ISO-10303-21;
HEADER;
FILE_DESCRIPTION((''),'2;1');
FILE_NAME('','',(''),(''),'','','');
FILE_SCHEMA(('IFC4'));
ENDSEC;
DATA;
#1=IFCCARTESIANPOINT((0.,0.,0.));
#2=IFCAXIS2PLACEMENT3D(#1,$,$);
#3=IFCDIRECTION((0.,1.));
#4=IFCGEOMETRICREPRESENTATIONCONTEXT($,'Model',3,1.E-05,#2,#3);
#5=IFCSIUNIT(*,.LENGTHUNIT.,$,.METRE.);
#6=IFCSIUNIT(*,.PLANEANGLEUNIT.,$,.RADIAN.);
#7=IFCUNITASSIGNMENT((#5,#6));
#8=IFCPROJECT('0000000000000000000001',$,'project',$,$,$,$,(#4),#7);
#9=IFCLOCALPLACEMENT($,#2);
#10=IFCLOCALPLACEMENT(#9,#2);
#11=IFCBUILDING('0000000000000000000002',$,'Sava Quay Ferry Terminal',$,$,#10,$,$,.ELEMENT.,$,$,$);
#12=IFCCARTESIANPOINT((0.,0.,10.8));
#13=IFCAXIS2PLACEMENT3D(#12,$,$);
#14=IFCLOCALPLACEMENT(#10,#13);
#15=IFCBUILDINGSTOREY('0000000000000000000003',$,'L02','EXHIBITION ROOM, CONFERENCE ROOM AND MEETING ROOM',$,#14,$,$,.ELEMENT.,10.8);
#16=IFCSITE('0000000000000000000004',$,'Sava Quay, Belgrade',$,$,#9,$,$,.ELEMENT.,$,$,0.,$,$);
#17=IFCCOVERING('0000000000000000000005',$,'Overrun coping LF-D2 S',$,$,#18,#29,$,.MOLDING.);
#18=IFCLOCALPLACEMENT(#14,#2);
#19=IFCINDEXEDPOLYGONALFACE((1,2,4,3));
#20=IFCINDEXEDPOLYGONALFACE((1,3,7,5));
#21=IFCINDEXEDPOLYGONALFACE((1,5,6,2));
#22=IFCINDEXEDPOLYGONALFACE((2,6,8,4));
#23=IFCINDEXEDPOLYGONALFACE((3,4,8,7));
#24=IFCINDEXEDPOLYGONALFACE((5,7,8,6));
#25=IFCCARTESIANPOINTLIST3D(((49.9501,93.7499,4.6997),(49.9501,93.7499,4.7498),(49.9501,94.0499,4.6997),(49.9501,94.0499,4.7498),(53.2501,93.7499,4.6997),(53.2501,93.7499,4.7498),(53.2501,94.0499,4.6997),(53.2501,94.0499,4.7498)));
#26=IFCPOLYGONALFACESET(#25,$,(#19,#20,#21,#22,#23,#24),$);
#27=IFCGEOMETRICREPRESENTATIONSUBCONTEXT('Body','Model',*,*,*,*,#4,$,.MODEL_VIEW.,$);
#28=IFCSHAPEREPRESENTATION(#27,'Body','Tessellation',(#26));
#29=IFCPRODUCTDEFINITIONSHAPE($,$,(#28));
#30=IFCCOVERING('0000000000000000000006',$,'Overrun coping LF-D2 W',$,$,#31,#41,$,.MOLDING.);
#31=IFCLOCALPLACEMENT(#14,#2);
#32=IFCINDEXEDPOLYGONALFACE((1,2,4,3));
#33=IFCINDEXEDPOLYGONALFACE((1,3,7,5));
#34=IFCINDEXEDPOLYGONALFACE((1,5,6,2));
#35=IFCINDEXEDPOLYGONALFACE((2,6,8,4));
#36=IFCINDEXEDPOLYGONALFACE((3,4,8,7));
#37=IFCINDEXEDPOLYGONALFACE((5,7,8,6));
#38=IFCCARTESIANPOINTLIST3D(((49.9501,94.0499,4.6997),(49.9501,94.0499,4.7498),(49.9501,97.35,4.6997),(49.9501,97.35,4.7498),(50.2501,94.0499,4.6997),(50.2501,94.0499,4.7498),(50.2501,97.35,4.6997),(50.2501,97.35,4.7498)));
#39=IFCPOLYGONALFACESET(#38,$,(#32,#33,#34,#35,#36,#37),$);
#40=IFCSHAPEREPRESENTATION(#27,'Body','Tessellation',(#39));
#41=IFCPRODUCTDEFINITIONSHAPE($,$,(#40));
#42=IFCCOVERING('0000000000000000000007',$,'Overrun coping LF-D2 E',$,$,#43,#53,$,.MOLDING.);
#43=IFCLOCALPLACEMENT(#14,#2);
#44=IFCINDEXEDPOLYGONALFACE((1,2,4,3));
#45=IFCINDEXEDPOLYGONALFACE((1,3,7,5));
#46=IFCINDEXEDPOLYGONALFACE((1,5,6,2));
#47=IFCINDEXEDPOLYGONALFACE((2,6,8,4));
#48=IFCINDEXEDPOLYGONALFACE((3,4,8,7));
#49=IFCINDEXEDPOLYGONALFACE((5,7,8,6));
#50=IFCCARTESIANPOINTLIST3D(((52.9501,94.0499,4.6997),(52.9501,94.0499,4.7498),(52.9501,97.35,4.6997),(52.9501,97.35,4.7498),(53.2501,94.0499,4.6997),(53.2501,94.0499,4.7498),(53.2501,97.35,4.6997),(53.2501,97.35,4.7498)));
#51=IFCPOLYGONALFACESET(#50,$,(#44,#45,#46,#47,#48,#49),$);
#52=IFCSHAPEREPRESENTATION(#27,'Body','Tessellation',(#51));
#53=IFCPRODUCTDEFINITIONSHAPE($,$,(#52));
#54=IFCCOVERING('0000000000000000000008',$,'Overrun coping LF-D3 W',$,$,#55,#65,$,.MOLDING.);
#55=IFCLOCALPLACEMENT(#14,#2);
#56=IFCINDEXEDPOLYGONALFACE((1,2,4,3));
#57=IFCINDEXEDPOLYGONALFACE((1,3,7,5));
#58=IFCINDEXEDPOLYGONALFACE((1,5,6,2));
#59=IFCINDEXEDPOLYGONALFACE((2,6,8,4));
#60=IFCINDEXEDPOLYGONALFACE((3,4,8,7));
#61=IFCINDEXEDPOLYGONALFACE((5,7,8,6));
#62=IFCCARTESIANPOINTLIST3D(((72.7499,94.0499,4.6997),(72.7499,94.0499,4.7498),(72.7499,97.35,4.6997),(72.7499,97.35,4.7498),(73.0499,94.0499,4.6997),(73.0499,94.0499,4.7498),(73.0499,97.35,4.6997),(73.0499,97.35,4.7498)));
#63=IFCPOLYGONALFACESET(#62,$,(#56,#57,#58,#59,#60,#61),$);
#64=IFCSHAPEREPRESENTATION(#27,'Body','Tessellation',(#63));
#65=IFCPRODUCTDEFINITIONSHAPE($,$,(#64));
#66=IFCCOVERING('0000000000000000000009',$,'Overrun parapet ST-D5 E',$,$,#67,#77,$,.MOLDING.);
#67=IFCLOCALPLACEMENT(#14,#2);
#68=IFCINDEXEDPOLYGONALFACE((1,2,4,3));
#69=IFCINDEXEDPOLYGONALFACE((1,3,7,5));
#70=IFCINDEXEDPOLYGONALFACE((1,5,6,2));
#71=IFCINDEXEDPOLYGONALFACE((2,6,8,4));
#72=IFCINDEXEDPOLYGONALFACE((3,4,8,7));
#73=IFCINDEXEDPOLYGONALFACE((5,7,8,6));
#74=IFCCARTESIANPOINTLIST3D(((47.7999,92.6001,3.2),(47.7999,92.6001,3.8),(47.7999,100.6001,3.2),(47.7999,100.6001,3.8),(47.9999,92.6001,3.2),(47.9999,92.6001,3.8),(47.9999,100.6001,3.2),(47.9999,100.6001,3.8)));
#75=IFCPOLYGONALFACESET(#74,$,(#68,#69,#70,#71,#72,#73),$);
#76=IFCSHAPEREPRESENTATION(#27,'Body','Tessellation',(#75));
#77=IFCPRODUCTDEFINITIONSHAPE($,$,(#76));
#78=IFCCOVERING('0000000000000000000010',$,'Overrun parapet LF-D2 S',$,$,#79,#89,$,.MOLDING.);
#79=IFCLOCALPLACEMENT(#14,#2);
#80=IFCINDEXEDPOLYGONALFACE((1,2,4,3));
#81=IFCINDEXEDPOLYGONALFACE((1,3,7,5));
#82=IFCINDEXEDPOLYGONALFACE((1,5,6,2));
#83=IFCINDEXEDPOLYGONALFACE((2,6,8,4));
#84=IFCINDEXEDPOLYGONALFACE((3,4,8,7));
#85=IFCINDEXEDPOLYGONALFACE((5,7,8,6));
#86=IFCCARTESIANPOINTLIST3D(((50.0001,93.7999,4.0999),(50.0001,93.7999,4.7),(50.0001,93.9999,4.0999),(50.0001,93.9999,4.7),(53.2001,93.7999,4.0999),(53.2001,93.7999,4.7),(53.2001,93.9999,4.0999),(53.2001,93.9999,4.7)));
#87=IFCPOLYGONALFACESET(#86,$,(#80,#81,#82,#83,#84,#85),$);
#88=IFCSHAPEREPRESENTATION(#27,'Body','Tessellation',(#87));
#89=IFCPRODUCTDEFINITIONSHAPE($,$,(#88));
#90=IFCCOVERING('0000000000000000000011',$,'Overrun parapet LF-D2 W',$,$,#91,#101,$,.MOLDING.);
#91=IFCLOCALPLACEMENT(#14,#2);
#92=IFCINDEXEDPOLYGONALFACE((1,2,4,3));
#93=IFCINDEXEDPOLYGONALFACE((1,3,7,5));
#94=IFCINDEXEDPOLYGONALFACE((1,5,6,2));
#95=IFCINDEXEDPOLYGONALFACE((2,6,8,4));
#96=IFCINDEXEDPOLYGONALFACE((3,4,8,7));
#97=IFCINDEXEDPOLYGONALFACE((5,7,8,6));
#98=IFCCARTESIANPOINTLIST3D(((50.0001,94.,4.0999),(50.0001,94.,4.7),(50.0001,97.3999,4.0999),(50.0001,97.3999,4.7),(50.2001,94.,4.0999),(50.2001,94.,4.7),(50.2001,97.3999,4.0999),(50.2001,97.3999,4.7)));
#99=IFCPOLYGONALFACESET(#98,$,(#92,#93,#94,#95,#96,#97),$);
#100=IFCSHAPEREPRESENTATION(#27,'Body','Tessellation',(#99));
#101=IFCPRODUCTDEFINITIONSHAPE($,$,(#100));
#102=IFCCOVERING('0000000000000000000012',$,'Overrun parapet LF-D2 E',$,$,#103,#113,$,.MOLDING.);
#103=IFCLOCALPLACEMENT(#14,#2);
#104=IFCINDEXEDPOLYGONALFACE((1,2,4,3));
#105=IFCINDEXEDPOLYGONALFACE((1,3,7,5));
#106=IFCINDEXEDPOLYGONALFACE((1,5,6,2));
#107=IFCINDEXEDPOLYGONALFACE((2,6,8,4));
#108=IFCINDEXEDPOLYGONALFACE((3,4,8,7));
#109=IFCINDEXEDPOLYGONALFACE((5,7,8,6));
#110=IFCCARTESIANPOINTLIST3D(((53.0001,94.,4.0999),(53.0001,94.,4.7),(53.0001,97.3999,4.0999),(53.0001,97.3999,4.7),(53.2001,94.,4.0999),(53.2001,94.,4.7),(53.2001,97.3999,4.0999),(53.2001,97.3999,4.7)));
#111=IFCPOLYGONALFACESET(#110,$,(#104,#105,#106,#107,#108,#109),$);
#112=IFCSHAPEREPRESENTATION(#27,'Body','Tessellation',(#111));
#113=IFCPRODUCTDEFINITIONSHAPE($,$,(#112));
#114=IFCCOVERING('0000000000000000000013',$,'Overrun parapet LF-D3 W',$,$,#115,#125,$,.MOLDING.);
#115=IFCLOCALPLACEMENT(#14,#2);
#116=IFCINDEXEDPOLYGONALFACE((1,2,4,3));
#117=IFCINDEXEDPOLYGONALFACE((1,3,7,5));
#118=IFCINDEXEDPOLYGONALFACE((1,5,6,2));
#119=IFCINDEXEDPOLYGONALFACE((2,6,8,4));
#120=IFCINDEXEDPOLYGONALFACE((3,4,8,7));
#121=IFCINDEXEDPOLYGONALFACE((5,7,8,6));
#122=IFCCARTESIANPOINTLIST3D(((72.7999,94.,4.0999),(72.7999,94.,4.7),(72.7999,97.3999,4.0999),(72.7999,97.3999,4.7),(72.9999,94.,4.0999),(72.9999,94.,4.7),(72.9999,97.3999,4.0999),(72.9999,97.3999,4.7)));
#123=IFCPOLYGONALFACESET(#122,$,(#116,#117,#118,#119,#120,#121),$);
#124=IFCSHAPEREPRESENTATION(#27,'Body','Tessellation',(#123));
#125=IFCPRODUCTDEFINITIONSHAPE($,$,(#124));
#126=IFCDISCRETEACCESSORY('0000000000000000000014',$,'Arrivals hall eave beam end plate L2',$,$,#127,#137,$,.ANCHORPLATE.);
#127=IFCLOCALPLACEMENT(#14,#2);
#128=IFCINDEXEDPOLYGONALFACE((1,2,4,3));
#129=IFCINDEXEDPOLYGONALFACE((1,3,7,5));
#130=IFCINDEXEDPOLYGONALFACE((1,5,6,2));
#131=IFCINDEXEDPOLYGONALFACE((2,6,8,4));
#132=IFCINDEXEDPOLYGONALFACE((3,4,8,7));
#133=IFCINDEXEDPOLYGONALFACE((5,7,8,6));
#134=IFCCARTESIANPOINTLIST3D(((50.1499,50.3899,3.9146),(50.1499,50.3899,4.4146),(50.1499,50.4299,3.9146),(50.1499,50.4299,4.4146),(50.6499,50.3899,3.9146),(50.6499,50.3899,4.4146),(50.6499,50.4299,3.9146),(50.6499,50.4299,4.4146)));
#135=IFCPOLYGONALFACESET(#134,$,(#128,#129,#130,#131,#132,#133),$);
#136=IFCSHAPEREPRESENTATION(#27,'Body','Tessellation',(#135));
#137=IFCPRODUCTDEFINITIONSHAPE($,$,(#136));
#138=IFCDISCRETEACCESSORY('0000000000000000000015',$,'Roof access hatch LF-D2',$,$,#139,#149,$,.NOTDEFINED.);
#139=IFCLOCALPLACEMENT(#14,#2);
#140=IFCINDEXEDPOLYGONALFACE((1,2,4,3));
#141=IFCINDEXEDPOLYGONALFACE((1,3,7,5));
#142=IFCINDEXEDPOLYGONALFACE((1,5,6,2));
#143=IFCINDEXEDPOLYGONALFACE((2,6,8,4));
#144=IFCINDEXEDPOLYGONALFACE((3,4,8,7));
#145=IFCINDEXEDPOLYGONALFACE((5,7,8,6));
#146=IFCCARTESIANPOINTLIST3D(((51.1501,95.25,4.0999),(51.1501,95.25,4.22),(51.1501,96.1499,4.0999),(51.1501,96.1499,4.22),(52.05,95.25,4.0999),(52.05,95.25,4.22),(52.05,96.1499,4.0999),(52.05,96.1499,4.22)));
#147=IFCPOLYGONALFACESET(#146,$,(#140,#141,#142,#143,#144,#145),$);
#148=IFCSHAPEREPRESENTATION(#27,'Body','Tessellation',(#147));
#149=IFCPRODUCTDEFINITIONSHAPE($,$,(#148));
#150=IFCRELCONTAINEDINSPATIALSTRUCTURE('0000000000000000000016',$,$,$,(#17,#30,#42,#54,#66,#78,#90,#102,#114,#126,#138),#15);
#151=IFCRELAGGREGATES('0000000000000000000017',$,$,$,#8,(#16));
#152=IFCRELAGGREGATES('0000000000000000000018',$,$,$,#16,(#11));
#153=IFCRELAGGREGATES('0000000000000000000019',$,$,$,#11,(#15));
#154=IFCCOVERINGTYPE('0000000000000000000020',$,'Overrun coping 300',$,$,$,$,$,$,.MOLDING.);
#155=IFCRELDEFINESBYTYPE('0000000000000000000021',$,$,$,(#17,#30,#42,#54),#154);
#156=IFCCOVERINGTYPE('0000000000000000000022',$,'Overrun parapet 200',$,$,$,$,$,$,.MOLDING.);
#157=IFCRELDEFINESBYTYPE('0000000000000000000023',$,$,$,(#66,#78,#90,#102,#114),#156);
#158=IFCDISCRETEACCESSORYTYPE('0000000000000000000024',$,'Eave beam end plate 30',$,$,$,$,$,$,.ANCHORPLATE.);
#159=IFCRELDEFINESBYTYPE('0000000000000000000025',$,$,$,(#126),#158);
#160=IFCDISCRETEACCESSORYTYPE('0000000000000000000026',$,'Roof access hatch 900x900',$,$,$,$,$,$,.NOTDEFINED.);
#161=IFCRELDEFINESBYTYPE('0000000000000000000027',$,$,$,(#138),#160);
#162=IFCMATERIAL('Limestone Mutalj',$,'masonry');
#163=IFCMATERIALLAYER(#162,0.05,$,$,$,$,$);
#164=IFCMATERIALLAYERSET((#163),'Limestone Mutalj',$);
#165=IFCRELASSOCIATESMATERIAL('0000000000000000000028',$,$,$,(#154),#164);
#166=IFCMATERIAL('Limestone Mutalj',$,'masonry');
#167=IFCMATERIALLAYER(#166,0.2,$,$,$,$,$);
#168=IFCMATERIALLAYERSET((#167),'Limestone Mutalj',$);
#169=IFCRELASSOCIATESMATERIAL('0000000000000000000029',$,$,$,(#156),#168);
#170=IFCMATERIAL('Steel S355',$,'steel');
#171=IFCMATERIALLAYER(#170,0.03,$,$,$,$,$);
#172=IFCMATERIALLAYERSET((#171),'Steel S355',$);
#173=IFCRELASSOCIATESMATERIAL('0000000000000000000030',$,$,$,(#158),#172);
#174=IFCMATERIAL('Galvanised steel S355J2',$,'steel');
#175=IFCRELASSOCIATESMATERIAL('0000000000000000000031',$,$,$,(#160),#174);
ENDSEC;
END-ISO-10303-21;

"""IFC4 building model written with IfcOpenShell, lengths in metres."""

from ifc_helpers import new_model, si_unit, direction, frame, origin, origin_2d, place, context, subcontext, project, spatial, rectangle, extrude, material, layer, layer_set, type_object, element, save


model = new_model("IFC4")

# Units and contexts
model_context = context("Model", 3, precision=1e-05, world=origin(), true_north=direction((0.0, 1.0)))
body_context = subcontext(model_context, "Body", "Model", "MODEL_VIEW")
ifc_project = project(units=[si_unit("LENGTHUNIT", "METRE"), si_unit("PLANEANGLEUNIT", "RADIAN")], contexts=[model_context])

# Site, building, storey
site_placement = place(None, origin())
site = spatial("IfcSite", under=ifc_project, at=site_placement, Name="Sava Quay, Belgrade", CompositionType="ELEMENT", RefElevation=0.0)
building_placement = place(site_placement, origin())
building = spatial("IfcBuilding", under=site, at=building_placement, Name="Sava Quay Ferry Terminal", CompositionType="ELEMENT")
storey_placement = place(building_placement, frame((0.0, 0.0, 10.8)))
storey = spatial("IfcBuildingStorey", under=building, at=storey_placement, Name="L02", Description="EXHIBITION ROOM, CONFERENCE ROOM AND MEETING ROOM", CompositionType="ELEMENT", Elevation=10.8)

# Coverings
ifc_material_1 = material(Name="Limestone Mutalj", Category="masonry")
ifc_layer_1 = layer(ifc_material_1, 0.05)
ifc_layer_set_1 = layer_set([ifc_layer_1], Name="Limestone Mutalj")
covering_type_1 = type_object("IfcCoveringType", Name="Overrun coping 300", PredefinedType="MOLDING", material=ifc_layer_set_1)
covering_1_placement = place(storey_placement, frame((51.6001, 93.8999, 4.6997), z_axis=(0.0, 0.0, 1.0), x_axis=(1.0, 0.0, 0.0)))
element("IfcCovering", 1, at=covering_1_placement, inside=storey, type_object=covering_type_1, Name="Overrun coping LF-D2 S", PredefinedType="MOLDING", context=body_context, shape_type="SweptSolid", body=[
    extrude(rectangle(XDim=3.3, YDim=0.3, at=origin_2d()), origin(), (0.0, 0.0, 1.0), 0.05),
])
for number, where, z_axis, x_axis, name in (
    (2, (50.1001, 95.7, 4.6997), (0.0, 0.0, 1.0), (1.0, 0.0, 0.0), "Overrun coping LF-D2 W"),
    (3, (53.1001, 95.7, 4.6997), (0.0, 0.0, 1.0), (1.0, 0.0, 0.0), "Overrun coping LF-D2 E"),
    (4, (72.8999, 95.7, 4.6997), (0.0, 0.0, 1.0), (1.0, 0.0, 0.0), "Overrun coping LF-D3 W"),
):
    element("IfcCovering", number, at=place(storey_placement, frame(where, z_axis=z_axis, x_axis=x_axis)), inside=storey, type_object=covering_type_1, Name=name, PredefinedType="MOLDING", context=body_context, shape_type="SweptSolid", body=[
        extrude(rectangle(XDim=0.3, YDim=3.3, at=origin_2d()), origin(), (0.0, 0.0, 1.0), 0.05),
    ])
ifc_material_2 = material(Name="Limestone Mutalj", Category="masonry")
ifc_layer_2 = layer(ifc_material_2, 0.2)
ifc_layer_set_2 = layer_set([ifc_layer_2], Name="Limestone Mutalj")
covering_type_2 = type_object("IfcCoveringType", Name="Overrun parapet 200", PredefinedType="MOLDING", material=ifc_layer_set_2)
covering_2_placement = place(storey_placement, frame((47.8999, 96.6001, 3.2), z_axis=(0.0, 0.0, 1.0), x_axis=(1.0, 0.0, 0.0)))
element("IfcCovering", 5, at=covering_2_placement, inside=storey, type_object=covering_type_2, Name="Overrun parapet ST-D5 E", PredefinedType="MOLDING", context=body_context, shape_type="SweptSolid", body=[
    extrude(rectangle(XDim=0.2, YDim=8.0, at=origin_2d()), origin(), (0.0, 0.0, 1.0), 0.6001),
])
covering_3_placement = place(storey_placement, frame((51.6001, 93.8999, 4.0999), z_axis=(0.0, 0.0, 1.0), x_axis=(1.0, 0.0, 0.0)))
element("IfcCovering", 6, at=covering_3_placement, inside=storey, type_object=covering_type_2, Name="Overrun parapet LF-D2 S", PredefinedType="MOLDING", context=body_context, shape_type="SweptSolid", body=[
    extrude(rectangle(XDim=3.2, YDim=0.2, at=origin_2d()), origin(), (0.0, 0.0, 1.0), 0.6001),
])
for number, where, z_axis, x_axis, name in (
    (7, (50.1001, 95.7, 4.0999), (0.0, 0.0, 1.0), (1.0, 0.0, 0.0), "Overrun parapet LF-D2 W"),
    (8, (53.1001, 95.7, 4.0999), (0.0, 0.0, 1.0), (1.0, 0.0, 0.0), "Overrun parapet LF-D2 E"),
    (9, (72.8999, 95.7, 4.0999), (0.0, 0.0, 1.0), (1.0, 0.0, 0.0), "Overrun parapet LF-D3 W"),
):
    element("IfcCovering", number, at=place(storey_placement, frame(where, z_axis=z_axis, x_axis=x_axis)), inside=storey, type_object=covering_type_2, Name=name, PredefinedType="MOLDING", context=body_context, shape_type="SweptSolid", body=[
        extrude(rectangle(XDim=0.2, YDim=3.3999, at=origin_2d()), origin(), (0.0, 0.0, 1.0), 0.6001),
    ])

# Discrete accessories
ifc_material_3 = material(Name="Steel S355", Category="steel")
ifc_layer_3 = layer(ifc_material_3, 0.03)
ifc_layer_set_3 = layer_set([ifc_layer_3], Name="Steel S355")
discrete_accessory_type_1 = type_object("IfcDiscreteAccessoryType", Name="Eave beam end plate 30", PredefinedType="ANCHORPLATE", material=ifc_layer_set_3)
discrete_accessory_1_placement = place(storey_placement, frame((50.3999, 50.4099, 3.9146), z_axis=(0.0, 0.0, 1.0), x_axis=(1.0, 0.0, 0.0)))
element("IfcDiscreteAccessory", 10, at=discrete_accessory_1_placement, inside=storey, type_object=discrete_accessory_type_1, Name="Arrivals hall eave beam end plate L2", PredefinedType="ANCHORPLATE", context=body_context, shape_type="SweptSolid", body=[
    extrude(rectangle(XDim=0.5, YDim=0.04, at=origin_2d()), origin(), (0.0, 0.0, 1.0), 0.5),
])
ifc_material_4 = material(Name="Galvanised steel S355J2", Category="steel")
discrete_accessory_type_2 = type_object("IfcDiscreteAccessoryType", Name="Roof access hatch 900x900", PredefinedType="NOTDEFINED", material=ifc_material_4)
discrete_accessory_2_placement = place(storey_placement, frame((51.6001, 95.7, 4.0999), z_axis=(0.0, 0.0, 1.0), x_axis=(1.0, 0.0, 0.0)))
element("IfcDiscreteAccessory", 11, at=discrete_accessory_2_placement, inside=storey, type_object=discrete_accessory_type_2, Name="Roof access hatch LF-D2", PredefinedType="NOTDEFINED", context=body_context, shape_type="SweptSolid", body=[
    extrude(rectangle(XDim=0.8999, YDim=0.8999, at=origin_2d()), origin(), (0.0, 0.0, 1.0), 0.1201),
])

save(model, "model.ifc")
